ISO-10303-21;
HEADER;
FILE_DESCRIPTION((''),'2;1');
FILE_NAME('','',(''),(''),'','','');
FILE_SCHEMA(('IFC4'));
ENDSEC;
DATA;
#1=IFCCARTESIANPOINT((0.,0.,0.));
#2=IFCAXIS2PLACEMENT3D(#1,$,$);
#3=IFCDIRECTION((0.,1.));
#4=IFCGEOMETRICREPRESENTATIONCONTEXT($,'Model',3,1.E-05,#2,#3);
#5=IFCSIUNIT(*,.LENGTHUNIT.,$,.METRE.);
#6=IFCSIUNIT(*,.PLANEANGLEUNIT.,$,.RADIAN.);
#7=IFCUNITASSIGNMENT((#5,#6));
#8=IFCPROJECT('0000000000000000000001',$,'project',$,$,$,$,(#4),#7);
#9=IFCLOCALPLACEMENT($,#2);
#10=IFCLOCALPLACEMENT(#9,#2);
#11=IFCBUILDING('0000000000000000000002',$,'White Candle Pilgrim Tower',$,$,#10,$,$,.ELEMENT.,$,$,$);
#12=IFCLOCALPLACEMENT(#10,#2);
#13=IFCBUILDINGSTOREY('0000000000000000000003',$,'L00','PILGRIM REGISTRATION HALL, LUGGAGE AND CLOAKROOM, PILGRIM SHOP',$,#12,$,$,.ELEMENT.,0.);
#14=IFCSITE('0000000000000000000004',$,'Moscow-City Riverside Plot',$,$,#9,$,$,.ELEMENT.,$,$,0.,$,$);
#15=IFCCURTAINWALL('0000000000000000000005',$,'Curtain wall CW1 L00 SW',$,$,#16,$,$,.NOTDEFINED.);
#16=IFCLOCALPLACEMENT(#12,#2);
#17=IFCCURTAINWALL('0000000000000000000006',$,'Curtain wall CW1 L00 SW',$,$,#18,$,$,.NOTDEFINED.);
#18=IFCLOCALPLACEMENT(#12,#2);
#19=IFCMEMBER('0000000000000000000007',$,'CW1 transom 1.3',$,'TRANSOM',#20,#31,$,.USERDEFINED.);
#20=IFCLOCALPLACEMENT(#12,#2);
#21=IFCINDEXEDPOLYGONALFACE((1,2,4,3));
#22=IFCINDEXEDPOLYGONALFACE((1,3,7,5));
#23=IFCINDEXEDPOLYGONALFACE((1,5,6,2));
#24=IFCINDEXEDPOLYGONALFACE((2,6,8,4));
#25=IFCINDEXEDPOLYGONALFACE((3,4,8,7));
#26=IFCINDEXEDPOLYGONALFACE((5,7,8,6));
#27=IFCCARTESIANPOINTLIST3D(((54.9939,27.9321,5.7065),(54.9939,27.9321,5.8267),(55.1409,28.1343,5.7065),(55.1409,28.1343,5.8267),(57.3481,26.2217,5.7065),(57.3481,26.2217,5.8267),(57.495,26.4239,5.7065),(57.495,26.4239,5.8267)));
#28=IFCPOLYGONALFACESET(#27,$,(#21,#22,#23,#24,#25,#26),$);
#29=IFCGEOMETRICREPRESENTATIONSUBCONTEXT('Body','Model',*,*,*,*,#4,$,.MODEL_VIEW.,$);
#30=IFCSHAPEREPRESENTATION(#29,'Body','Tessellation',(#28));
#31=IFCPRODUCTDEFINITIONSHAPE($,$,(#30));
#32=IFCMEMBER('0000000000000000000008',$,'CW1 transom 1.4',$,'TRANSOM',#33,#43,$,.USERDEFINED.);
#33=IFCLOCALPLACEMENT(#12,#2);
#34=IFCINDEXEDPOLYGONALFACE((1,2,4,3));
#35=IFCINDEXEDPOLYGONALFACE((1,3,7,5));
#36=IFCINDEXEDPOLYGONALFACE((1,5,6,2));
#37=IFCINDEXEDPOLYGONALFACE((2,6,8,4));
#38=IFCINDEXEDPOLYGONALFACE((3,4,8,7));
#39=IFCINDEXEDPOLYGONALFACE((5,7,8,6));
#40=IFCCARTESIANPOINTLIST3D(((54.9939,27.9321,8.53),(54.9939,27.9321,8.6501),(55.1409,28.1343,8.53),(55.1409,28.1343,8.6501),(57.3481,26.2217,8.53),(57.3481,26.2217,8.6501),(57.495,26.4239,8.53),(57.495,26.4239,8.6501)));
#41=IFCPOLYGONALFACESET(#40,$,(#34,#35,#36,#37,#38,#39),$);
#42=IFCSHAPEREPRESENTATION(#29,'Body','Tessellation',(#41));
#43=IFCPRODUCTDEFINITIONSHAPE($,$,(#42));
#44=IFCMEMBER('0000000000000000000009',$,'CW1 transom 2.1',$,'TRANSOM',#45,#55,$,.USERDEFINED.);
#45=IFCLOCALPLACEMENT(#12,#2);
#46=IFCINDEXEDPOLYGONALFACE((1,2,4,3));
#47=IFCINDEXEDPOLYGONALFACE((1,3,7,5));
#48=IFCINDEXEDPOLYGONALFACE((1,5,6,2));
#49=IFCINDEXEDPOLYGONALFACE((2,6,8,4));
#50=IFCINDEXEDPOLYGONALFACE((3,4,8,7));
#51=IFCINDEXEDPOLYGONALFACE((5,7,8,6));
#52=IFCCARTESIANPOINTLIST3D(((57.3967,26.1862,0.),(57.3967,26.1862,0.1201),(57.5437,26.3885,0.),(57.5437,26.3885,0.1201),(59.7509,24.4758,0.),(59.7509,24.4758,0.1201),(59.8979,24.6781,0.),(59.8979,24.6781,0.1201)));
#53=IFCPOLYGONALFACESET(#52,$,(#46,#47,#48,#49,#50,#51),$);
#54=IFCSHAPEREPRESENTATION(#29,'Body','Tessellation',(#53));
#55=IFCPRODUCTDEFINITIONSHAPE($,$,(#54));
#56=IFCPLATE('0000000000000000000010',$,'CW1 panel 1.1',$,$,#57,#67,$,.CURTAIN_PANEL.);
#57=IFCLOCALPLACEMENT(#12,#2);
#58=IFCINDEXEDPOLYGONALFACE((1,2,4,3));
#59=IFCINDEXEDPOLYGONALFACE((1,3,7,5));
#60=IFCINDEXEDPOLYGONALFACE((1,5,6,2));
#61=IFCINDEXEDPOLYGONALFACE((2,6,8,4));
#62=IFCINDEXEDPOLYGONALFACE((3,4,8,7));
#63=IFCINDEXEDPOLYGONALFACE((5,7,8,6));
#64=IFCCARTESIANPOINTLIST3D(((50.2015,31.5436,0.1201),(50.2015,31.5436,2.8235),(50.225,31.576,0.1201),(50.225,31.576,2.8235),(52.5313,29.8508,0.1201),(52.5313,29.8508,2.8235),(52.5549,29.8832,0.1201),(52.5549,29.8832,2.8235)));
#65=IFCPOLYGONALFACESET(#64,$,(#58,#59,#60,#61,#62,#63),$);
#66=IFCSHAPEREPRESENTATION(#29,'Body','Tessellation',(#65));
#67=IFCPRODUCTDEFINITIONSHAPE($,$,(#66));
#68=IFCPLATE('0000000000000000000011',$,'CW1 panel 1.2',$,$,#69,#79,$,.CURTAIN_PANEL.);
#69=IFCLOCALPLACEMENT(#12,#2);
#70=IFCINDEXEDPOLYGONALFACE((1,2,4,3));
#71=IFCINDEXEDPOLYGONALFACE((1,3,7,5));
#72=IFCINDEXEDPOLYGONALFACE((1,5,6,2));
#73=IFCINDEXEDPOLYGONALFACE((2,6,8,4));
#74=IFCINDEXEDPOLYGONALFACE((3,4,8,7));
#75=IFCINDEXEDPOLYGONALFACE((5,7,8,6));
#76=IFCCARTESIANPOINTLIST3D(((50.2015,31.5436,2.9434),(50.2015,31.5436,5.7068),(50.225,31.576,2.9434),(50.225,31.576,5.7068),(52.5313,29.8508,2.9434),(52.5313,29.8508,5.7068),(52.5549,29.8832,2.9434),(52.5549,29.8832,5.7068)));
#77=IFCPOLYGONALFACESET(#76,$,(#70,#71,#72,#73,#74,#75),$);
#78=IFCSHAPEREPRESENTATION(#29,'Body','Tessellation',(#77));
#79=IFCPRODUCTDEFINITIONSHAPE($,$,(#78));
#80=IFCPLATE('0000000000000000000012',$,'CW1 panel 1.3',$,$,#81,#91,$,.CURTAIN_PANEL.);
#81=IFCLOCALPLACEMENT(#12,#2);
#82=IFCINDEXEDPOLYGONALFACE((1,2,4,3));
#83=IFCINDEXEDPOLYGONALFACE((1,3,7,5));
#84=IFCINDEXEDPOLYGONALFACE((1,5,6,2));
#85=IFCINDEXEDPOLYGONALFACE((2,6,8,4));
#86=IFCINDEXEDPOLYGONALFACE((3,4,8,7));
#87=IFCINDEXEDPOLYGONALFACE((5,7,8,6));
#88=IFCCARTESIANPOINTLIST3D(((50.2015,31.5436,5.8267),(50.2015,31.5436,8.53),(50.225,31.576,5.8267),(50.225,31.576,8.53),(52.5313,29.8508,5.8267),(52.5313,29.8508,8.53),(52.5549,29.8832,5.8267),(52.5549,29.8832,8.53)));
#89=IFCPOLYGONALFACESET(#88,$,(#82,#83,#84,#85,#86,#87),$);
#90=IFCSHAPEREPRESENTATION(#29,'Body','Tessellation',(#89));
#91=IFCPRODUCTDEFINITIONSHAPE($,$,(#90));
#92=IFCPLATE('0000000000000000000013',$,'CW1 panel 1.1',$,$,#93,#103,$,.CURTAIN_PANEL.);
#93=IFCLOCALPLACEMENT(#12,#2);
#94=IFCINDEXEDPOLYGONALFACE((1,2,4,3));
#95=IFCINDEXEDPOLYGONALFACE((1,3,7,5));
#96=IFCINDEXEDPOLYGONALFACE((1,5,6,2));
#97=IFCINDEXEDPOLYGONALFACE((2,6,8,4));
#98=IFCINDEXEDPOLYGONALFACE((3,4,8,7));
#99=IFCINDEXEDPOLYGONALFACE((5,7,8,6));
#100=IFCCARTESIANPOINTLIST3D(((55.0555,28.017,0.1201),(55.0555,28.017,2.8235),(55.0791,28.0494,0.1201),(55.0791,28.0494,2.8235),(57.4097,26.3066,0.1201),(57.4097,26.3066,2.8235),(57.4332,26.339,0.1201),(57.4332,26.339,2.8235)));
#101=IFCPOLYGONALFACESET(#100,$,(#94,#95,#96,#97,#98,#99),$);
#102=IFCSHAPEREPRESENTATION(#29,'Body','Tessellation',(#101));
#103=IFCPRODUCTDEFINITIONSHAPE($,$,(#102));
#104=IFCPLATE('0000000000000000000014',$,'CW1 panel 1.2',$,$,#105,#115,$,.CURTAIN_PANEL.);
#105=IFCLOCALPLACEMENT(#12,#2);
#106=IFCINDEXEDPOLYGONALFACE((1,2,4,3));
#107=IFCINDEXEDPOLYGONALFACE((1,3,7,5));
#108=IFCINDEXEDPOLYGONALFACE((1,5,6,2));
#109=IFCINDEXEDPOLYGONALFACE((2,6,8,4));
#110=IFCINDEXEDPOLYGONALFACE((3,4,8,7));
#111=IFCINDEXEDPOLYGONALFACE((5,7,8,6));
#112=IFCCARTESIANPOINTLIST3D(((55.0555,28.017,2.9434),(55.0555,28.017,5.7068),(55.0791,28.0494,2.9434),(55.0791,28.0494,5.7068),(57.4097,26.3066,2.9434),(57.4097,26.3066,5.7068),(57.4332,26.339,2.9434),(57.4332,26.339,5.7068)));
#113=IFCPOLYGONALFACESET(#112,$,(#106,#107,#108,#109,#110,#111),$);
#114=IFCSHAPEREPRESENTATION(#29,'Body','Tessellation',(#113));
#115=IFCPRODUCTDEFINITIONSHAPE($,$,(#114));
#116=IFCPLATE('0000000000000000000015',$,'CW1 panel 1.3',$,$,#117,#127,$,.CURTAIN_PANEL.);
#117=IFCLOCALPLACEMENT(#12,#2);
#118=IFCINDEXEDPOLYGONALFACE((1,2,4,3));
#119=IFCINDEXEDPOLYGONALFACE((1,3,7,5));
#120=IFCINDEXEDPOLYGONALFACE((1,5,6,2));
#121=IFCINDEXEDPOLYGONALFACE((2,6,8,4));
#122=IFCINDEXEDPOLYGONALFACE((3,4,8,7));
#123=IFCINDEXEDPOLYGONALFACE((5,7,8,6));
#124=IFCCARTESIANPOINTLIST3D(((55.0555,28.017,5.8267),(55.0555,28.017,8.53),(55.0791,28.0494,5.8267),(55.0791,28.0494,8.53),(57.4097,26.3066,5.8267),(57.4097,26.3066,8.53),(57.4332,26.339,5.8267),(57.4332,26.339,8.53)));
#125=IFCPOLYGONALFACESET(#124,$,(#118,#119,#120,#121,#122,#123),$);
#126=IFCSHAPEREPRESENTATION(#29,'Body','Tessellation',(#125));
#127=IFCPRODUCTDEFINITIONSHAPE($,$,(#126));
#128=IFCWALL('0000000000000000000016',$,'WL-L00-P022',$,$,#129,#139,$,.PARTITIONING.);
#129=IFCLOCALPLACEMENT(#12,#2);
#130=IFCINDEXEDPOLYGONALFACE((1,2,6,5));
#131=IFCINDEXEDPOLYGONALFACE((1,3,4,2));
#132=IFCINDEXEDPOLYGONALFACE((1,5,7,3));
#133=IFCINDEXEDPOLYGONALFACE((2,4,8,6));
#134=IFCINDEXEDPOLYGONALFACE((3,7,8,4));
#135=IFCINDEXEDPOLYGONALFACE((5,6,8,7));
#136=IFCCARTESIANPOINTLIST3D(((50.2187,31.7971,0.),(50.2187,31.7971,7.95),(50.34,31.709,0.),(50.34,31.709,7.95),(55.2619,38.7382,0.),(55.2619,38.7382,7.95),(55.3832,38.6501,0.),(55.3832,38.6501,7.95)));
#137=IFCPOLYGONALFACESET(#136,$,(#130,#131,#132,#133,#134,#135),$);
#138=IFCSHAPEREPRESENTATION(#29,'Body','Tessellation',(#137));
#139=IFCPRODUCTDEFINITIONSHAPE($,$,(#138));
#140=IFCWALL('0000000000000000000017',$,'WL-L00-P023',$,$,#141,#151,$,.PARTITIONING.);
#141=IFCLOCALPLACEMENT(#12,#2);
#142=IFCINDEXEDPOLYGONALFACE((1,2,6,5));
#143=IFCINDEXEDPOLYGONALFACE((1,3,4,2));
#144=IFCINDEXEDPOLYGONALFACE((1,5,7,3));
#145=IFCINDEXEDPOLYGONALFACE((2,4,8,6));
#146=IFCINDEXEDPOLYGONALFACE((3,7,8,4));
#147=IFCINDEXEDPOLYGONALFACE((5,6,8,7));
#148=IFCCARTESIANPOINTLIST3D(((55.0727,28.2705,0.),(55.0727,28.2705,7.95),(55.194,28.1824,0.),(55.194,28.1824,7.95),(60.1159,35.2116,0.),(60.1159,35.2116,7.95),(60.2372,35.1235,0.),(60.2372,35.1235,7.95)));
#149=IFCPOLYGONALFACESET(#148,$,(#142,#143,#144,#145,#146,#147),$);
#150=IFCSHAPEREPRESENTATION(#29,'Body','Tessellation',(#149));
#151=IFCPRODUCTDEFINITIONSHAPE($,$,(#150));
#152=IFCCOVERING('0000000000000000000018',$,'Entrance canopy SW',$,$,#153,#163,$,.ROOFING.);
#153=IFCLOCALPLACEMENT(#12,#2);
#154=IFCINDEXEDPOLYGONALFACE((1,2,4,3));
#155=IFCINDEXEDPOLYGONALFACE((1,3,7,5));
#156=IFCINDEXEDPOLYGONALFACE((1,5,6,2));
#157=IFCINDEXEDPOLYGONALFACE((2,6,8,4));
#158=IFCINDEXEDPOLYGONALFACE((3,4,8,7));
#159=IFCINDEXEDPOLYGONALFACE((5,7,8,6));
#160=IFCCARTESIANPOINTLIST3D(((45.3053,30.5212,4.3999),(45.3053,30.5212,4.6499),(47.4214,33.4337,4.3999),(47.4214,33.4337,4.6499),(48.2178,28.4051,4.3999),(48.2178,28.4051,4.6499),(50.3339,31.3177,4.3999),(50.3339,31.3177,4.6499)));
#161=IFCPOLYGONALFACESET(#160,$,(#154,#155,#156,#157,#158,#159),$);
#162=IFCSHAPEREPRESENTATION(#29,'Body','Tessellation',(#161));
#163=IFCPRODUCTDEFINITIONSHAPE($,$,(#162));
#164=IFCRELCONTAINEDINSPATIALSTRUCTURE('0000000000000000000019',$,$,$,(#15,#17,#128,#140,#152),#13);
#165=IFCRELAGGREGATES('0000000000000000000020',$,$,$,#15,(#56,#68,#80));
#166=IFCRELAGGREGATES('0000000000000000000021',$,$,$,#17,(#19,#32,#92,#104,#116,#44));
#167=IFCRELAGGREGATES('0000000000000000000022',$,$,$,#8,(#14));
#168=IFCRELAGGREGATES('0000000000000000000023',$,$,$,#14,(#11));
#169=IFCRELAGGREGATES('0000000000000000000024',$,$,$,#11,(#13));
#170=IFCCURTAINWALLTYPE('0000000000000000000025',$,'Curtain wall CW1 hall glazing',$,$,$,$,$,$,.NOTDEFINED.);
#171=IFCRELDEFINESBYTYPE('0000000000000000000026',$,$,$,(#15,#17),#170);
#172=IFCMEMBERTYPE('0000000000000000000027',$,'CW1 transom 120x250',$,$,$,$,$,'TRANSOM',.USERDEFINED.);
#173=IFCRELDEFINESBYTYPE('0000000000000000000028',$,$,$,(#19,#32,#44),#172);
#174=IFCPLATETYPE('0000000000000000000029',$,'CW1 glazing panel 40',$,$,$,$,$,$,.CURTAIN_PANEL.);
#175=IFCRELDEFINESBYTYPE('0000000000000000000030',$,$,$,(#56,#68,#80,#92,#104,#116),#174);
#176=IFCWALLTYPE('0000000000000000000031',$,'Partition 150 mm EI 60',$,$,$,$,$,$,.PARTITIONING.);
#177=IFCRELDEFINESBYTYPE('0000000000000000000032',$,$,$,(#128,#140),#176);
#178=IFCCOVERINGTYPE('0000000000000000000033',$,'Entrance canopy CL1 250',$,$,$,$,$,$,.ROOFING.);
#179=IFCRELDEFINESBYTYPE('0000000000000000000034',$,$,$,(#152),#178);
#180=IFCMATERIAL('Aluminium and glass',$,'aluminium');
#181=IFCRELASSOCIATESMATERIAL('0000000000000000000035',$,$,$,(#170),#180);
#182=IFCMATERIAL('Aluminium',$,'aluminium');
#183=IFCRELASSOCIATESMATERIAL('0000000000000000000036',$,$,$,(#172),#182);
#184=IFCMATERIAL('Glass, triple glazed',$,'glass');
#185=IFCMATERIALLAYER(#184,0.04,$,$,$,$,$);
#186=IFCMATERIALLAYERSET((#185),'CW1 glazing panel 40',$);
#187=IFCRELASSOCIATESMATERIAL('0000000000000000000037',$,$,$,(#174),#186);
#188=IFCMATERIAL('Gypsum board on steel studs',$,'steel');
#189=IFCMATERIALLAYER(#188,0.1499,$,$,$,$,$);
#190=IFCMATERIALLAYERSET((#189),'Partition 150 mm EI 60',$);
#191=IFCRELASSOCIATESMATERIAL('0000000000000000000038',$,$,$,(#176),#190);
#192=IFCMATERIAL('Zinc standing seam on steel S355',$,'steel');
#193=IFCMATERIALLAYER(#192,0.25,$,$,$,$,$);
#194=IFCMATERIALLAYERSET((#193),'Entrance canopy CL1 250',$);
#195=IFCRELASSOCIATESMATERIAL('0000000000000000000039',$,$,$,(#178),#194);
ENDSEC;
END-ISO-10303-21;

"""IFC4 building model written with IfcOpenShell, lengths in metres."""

from ifc_helpers import new_model, si_unit, direction, frame, frame_2d, origin, origin_2d, place, context, subcontext, project, spatial, rectangle, extrude, material, layer, layer_set, material_profile, profile_set, type_object, element, aggregate, save


model = new_model("IFC4")

# Units and contexts
model_context = context("Model", 3, precision=1e-05, world=origin(), true_north=direction((0.0, 1.0)))
body_context = subcontext(model_context, "Body", "Model", "MODEL_VIEW")
ifc_project = project(units=[si_unit("LENGTHUNIT", "METRE"), si_unit("PLANEANGLEUNIT", "RADIAN")], contexts=[model_context])

# Site, building, storey
site_placement = place(None, origin())
site = spatial("IfcSite", under=ifc_project, at=site_placement, Name="Moscow-City Riverside Plot", CompositionType="ELEMENT", RefElevation=0.0)
building_placement = place(site_placement, origin())
building = spatial("IfcBuilding", under=site, at=building_placement, Name="White Candle Pilgrim Tower", CompositionType="ELEMENT")
storey_placement = place(building_placement, origin())
storey = spatial("IfcBuildingStorey", under=building, at=storey_placement, Name="L00", Description="PILGRIM REGISTRATION HALL, LUGGAGE AND CLOAKROOM, PILGRIM SHOP", CompositionType="ELEMENT", Elevation=0.0)

# Shared definitions
ifc_material_1 = material(Name="Aluminium and glass", Category="aluminium")
curtain_wall_type = type_object("IfcCurtainWallType", Name="Curtain wall CW1 hall glazing", PredefinedType="NOTDEFINED", material=ifc_material_1)
ifc_material_2 = material(Name="Aluminium", Category="aluminium")

# Curtain walls
curtain_wall_1_placement = place(storey_placement, origin())
curtain_wall_1 = element("IfcCurtainWall", 1, at=curtain_wall_1_placement, inside=storey, type_object=curtain_wall_type, Name="Curtain wall CW1 L00 SW", PredefinedType="NOTDEFINED")
curtain_wall_2_placement = place(storey_placement, origin())
curtain_wall_2 = element("IfcCurtainWall", 2, at=curtain_wall_2_placement, inside=storey, type_object=curtain_wall_type, Name="Curtain wall CW1 L00 SW", PredefinedType="NOTDEFINED")

# Members
ifc_material_profile_1 = material_profile(ifc_material_2, rectangle(XDim=0.25, YDim=0.1201, at=origin_2d()), Name="CW1 transom 120x250")
ifc_profile_set_1 = profile_set([ifc_material_profile_1], Name="Aluminium")
member_type_1 = type_object("IfcMemberType", Name="CW1 transom 120x250", ElementType="TRANSOM", PredefinedType="USERDEFINED", material=ifc_profile_set_1)
member_1_placement = place(storey_placement, frame((55.0674, 28.0332, 5.7666), z_axis=(0.809019, -0.587783, 0.0), x_axis=(0.587783, 0.809019, 0.0)))
member_1 = element("IfcMember", 3, at=member_1_placement, type_object=member_type_1, Name="CW1 transom 1.3", ObjectType="TRANSOM", PredefinedType="USERDEFINED", context=body_context, shape_type="SweptSolid", body=[
    extrude(rectangle(XDim=0.25, YDim=0.1201, at=origin_2d()), origin(), (0.0, 0.0, 1.0), 2.9099),
])
member_2_placement = place(storey_placement, frame((55.0674, 28.0332, 8.5901), z_axis=(0.809019, -0.587783, 0.0), x_axis=(0.587783, 0.809019, 0.0)))
member_2 = element("IfcMember", 4, at=member_2_placement, type_object=member_type_1, Name="CW1 transom 1.4", ObjectType="TRANSOM", PredefinedType="USERDEFINED", context=body_context, shape_type="SweptSolid", body=[
    extrude(rectangle(XDim=0.25, YDim=0.1201, at=origin_2d()), origin(), (0.0, 0.0, 1.0), 2.9099),
])
member_3_placement = place(storey_placement, frame((57.4702, 26.2874, 0.0601), z_axis=(0.809019, -0.587783, 0.0), x_axis=(0.587783, 0.809019, 0.0)))
member_3 = element("IfcMember", 5, at=member_3_placement, type_object=member_type_1, Name="CW1 transom 2.1", ObjectType="TRANSOM", PredefinedType="USERDEFINED", context=body_context, shape_type="SweptSolid", body=[
    extrude(rectangle(XDim=0.25, YDim=0.1201, at=origin_2d()), origin(), (0.0, 0.0, 1.0), 2.9099),
])

# Plates
ifc_material_3 = material(Name="Glass, triple glazed", Category="glass")
ifc_layer_1 = layer(ifc_material_3, 0.04)
ifc_layer_set_1 = layer_set([ifc_layer_1], Name="CW1 glazing panel 40")
plate_type = type_object("IfcPlateType", Name="CW1 glazing panel 40", PredefinedType="CURTAIN_PANEL", material=ifc_layer_set_1)
plate_1_placement = place(storey_placement, frame((51.3782, 30.7134, 0.1201), z_axis=(0.0, 0.0, 1.0), x_axis=(0.809017, -0.587785, 0.0)))
plate_1 = element("IfcPlate", 6, at=plate_1_placement, type_object=plate_type, Name="CW1 panel 1.1", PredefinedType="CURTAIN_PANEL", context=body_context, shape_type="SweptSolid", body=[
    extrude(rectangle(XDim=2.8799, YDim=0.04, at=origin_2d()), origin(), (0.0, 0.0, 1.0), 2.7034),
])
plate_2_placement = place(storey_placement, frame((51.3782, 30.7134, 2.9434), z_axis=(0.0, 0.0, 1.0), x_axis=(0.809017, -0.587785, 0.0)))
plate_2 = element("IfcPlate", 7, at=plate_2_placement, type_object=plate_type, Name="CW1 panel 1.2", PredefinedType="CURTAIN_PANEL", context=body_context, shape_type="SweptSolid", body=[
    extrude(rectangle(XDim=2.8799, YDim=0.04, at=origin_2d()), origin(), (0.0, 0.0, 1.0), 2.7634),
])
plate_3_placement = place(storey_placement, frame((51.3782, 30.7134, 5.8267), z_axis=(0.0, 0.0, 1.0), x_axis=(0.809017, -0.587785, 0.0)))
plate_3 = element("IfcPlate", 8, at=plate_3_placement, type_object=plate_type, Name="CW1 panel 1.3", PredefinedType="CURTAIN_PANEL", context=body_context, shape_type="SweptSolid", body=[
    extrude(rectangle(XDim=2.8799, YDim=0.04, at=origin_2d()), origin(), (0.0, 0.0, 1.0), 2.7034),
])
aggregate(curtain_wall_1, [plate_1, plate_2, plate_3])
plate_4_placement = place(storey_placement, frame((56.2444, 27.178, 0.1201), z_axis=(0.0, 0.0, 1.0), x_axis=(0.809017, -0.587785, 0.0)))
plate_4 = element("IfcPlate", 9, at=plate_4_placement, type_object=plate_type, Name="CW1 panel 1.1", PredefinedType="CURTAIN_PANEL", context=body_context, shape_type="SweptSolid", body=[
    extrude(rectangle(XDim=2.9099, YDim=0.04, at=origin_2d()), origin(), (0.0, 0.0, 1.0), 2.7034),
])
plate_5_placement = place(storey_placement, frame((56.2444, 27.178, 2.9434), z_axis=(0.0, 0.0, 1.0), x_axis=(0.809017, -0.587785, 0.0)))
plate_5 = element("IfcPlate", 10, at=plate_5_placement, type_object=plate_type, Name="CW1 panel 1.2", PredefinedType="CURTAIN_PANEL", context=body_context, shape_type="SweptSolid", body=[
    extrude(rectangle(XDim=2.9099, YDim=0.04, at=origin_2d()), origin(), (0.0, 0.0, 1.0), 2.7634),
])
plate_6_placement = place(storey_placement, frame((56.2444, 27.178, 5.8267), z_axis=(0.0, 0.0, 1.0), x_axis=(0.809017, -0.587785, 0.0)))
plate_6 = element("IfcPlate", 11, at=plate_6_placement, type_object=plate_type, Name="CW1 panel 1.3", PredefinedType="CURTAIN_PANEL", context=body_context, shape_type="SweptSolid", body=[
    extrude(rectangle(XDim=2.9099, YDim=0.04, at=origin_2d()), origin(), (0.0, 0.0, 1.0), 2.7034),
])
aggregate(curtain_wall_2, [member_1, member_2, plate_4, plate_5, plate_6, member_3])

# Walls
ifc_material_4 = material(Name="Gypsum board on steel studs", Category="steel")
ifc_layer_2 = layer(ifc_material_4, 0.1499)
ifc_layer_set_2 = layer_set([ifc_layer_2], Name="Partition 150 mm EI 60")
wall_type_1 = type_object("IfcWallType", Name="Partition 150 mm EI 60", PredefinedType="PARTITIONING", material=ifc_layer_set_2)
for number, where, z_axis, x_axis, name in (
    (12, (50.2793, 31.7529, 0.0), (0.0, 0.0, 1.0), (0.587798, 0.809008, 0.0), "WL-L00-P022"),
    (13, (55.1333, 28.2263, 0.0), (0.0, 0.0, 1.0), (0.587798, 0.809008, 0.0), "WL-L00-P023"),
):
    element("IfcWall", number, at=place(storey_placement, frame(where, z_axis=z_axis, x_axis=x_axis)), inside=storey, type_object=wall_type_1, Name=name, PredefinedType="PARTITIONING", context=body_context, shape_type="SweptSolid", body=[
        extrude(rectangle(XDim=8.5798, YDim=0.1499, at=frame_2d((4.29, 0.0))), origin(), (0.0, 0.0, 1.0), 7.95),
    ])

# Covering
ifc_material_5 = material(Name="Zinc standing seam on steel S355", Category="steel")
ifc_layer_3 = layer(ifc_material_5, 0.25)
ifc_layer_set_3 = layer_set([ifc_layer_3], Name="Entrance canopy CL1 250")
covering_type = type_object("IfcCoveringType", Name="Entrance canopy CL1 250", PredefinedType="ROOFING", material=ifc_layer_set_3)
covering_placement = place(storey_placement, frame((47.8196, 30.9194, 4.3999), z_axis=(0.0, 0.0, 1.0), x_axis=(0.809017, -0.587785, 0.0)))
element("IfcCovering", 14, at=covering_placement, inside=storey, type_object=covering_type, Name="Entrance canopy SW", PredefinedType="ROOFING", context=body_context, shape_type="SweptSolid", body=[
    extrude(rectangle(XDim=3.6001, YDim=3.6001, at=origin_2d()), origin(), (0.0, 0.0, 1.0), 0.25),
])

save(model, "model.ifc")
